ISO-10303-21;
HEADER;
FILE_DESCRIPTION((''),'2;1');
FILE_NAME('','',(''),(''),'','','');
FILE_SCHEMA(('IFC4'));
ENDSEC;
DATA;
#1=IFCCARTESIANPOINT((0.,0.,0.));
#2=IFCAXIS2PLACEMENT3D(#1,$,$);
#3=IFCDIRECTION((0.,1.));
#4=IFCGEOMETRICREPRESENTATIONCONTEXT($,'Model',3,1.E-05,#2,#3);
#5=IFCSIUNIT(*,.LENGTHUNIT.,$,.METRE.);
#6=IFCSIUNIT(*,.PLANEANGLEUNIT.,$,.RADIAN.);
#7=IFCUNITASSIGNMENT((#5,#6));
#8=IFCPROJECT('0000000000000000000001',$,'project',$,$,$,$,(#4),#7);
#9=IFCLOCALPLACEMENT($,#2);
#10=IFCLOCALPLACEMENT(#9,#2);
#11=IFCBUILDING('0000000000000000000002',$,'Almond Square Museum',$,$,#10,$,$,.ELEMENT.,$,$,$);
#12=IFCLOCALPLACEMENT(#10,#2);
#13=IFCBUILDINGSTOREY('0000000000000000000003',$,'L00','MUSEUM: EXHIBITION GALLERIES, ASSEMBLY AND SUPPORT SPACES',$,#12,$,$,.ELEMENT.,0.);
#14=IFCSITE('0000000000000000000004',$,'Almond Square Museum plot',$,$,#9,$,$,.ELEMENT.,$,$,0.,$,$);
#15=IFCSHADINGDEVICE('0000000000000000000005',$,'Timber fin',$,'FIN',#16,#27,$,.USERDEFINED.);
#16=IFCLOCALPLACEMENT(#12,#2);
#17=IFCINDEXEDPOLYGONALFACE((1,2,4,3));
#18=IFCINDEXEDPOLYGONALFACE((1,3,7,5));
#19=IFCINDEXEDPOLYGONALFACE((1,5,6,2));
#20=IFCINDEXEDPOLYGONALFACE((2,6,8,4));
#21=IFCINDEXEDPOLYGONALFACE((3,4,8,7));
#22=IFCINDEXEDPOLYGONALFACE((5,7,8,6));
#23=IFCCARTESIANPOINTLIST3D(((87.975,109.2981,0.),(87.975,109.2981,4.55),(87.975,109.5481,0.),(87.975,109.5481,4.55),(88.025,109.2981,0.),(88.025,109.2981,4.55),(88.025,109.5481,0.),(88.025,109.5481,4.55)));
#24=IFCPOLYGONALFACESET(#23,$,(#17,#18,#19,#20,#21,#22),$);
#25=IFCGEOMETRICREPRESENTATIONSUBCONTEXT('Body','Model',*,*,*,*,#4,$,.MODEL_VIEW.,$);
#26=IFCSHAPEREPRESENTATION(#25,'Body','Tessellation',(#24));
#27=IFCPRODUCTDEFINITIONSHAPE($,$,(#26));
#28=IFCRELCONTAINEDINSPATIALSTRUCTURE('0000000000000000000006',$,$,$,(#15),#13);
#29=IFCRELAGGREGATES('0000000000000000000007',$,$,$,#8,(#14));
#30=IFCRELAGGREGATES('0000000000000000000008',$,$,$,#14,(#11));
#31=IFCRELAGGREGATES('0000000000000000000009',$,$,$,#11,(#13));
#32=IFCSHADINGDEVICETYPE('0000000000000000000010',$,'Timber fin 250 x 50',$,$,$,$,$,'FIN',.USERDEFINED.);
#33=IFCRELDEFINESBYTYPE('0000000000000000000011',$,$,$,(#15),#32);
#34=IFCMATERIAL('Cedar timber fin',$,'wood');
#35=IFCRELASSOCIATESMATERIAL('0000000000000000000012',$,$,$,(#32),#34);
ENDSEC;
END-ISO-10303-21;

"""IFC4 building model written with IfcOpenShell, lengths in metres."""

from ifc_helpers import new_model, si_unit, direction, frame, origin, origin_2d, place, context, subcontext, project, spatial, rectangle, extrude, material, material_profile, profile_set, type_object, element, save


model = new_model("IFC4")

# Units and contexts
model_context = context("Model", 3, precision=1e-05, world=origin(), true_north=direction((0.0, 1.0)))
body_context = subcontext(model_context, "Body", "Model", "MODEL_VIEW")
ifc_project = project(units=[si_unit("LENGTHUNIT", "METRE"), si_unit("PLANEANGLEUNIT", "RADIAN")], contexts=[model_context])

# Site, building, storey
site_placement = place(None, origin())
site = spatial("IfcSite", under=ifc_project, at=site_placement, Name="Almond Square Museum plot", CompositionType="ELEMENT", RefElevation=0.0)
building_placement = place(site_placement, origin())
building = spatial("IfcBuilding", under=site, at=building_placement, Name="Almond Square Museum", CompositionType="ELEMENT")
storey_placement = place(building_placement, origin())
storey = spatial("IfcBuildingStorey", under=building, at=storey_placement, Name="L00", Description="MUSEUM: EXHIBITION GALLERIES, ASSEMBLY AND SUPPORT SPACES", CompositionType="ELEMENT", Elevation=0.0)

# Shading device
ifc_material_1 = material(Name="Cedar timber fin", Category="wood")
ifc_material_profile_1 = material_profile(ifc_material_1, rectangle(XDim=0.25, YDim=0.05, at=origin_2d()))
ifc_profile_set_1 = profile_set([ifc_material_profile_1], Name="Cedar timber fin")
shading_device_type = type_object("IfcShadingDeviceType", Name="Timber fin 250 x 50", ElementType="FIN", PredefinedType="USERDEFINED", material=ifc_profile_set_1)
for number, where, z_axis, x_axis, name in (
    (1, (88.0, 109.4231, 0.0), (0.0, 0.0, 1.0), (0.0, 1.0, 0.0), "Timber fin"),
):
    element("IfcShadingDevice", number, at=place(storey_placement, frame(where, z_axis=z_axis, x_axis=x_axis)), inside=storey, type_object=shading_device_type, Name=name, ObjectType="FIN", PredefinedType="USERDEFINED", context=body_context, shape_type="SweptSolid", body=[
        extrude(rectangle(XDim=0.25, YDim=0.05, at=origin_2d()), origin(), (0.0, 0.0, 1.0), 4.55),
    ])

save(model, "model.ifc")
